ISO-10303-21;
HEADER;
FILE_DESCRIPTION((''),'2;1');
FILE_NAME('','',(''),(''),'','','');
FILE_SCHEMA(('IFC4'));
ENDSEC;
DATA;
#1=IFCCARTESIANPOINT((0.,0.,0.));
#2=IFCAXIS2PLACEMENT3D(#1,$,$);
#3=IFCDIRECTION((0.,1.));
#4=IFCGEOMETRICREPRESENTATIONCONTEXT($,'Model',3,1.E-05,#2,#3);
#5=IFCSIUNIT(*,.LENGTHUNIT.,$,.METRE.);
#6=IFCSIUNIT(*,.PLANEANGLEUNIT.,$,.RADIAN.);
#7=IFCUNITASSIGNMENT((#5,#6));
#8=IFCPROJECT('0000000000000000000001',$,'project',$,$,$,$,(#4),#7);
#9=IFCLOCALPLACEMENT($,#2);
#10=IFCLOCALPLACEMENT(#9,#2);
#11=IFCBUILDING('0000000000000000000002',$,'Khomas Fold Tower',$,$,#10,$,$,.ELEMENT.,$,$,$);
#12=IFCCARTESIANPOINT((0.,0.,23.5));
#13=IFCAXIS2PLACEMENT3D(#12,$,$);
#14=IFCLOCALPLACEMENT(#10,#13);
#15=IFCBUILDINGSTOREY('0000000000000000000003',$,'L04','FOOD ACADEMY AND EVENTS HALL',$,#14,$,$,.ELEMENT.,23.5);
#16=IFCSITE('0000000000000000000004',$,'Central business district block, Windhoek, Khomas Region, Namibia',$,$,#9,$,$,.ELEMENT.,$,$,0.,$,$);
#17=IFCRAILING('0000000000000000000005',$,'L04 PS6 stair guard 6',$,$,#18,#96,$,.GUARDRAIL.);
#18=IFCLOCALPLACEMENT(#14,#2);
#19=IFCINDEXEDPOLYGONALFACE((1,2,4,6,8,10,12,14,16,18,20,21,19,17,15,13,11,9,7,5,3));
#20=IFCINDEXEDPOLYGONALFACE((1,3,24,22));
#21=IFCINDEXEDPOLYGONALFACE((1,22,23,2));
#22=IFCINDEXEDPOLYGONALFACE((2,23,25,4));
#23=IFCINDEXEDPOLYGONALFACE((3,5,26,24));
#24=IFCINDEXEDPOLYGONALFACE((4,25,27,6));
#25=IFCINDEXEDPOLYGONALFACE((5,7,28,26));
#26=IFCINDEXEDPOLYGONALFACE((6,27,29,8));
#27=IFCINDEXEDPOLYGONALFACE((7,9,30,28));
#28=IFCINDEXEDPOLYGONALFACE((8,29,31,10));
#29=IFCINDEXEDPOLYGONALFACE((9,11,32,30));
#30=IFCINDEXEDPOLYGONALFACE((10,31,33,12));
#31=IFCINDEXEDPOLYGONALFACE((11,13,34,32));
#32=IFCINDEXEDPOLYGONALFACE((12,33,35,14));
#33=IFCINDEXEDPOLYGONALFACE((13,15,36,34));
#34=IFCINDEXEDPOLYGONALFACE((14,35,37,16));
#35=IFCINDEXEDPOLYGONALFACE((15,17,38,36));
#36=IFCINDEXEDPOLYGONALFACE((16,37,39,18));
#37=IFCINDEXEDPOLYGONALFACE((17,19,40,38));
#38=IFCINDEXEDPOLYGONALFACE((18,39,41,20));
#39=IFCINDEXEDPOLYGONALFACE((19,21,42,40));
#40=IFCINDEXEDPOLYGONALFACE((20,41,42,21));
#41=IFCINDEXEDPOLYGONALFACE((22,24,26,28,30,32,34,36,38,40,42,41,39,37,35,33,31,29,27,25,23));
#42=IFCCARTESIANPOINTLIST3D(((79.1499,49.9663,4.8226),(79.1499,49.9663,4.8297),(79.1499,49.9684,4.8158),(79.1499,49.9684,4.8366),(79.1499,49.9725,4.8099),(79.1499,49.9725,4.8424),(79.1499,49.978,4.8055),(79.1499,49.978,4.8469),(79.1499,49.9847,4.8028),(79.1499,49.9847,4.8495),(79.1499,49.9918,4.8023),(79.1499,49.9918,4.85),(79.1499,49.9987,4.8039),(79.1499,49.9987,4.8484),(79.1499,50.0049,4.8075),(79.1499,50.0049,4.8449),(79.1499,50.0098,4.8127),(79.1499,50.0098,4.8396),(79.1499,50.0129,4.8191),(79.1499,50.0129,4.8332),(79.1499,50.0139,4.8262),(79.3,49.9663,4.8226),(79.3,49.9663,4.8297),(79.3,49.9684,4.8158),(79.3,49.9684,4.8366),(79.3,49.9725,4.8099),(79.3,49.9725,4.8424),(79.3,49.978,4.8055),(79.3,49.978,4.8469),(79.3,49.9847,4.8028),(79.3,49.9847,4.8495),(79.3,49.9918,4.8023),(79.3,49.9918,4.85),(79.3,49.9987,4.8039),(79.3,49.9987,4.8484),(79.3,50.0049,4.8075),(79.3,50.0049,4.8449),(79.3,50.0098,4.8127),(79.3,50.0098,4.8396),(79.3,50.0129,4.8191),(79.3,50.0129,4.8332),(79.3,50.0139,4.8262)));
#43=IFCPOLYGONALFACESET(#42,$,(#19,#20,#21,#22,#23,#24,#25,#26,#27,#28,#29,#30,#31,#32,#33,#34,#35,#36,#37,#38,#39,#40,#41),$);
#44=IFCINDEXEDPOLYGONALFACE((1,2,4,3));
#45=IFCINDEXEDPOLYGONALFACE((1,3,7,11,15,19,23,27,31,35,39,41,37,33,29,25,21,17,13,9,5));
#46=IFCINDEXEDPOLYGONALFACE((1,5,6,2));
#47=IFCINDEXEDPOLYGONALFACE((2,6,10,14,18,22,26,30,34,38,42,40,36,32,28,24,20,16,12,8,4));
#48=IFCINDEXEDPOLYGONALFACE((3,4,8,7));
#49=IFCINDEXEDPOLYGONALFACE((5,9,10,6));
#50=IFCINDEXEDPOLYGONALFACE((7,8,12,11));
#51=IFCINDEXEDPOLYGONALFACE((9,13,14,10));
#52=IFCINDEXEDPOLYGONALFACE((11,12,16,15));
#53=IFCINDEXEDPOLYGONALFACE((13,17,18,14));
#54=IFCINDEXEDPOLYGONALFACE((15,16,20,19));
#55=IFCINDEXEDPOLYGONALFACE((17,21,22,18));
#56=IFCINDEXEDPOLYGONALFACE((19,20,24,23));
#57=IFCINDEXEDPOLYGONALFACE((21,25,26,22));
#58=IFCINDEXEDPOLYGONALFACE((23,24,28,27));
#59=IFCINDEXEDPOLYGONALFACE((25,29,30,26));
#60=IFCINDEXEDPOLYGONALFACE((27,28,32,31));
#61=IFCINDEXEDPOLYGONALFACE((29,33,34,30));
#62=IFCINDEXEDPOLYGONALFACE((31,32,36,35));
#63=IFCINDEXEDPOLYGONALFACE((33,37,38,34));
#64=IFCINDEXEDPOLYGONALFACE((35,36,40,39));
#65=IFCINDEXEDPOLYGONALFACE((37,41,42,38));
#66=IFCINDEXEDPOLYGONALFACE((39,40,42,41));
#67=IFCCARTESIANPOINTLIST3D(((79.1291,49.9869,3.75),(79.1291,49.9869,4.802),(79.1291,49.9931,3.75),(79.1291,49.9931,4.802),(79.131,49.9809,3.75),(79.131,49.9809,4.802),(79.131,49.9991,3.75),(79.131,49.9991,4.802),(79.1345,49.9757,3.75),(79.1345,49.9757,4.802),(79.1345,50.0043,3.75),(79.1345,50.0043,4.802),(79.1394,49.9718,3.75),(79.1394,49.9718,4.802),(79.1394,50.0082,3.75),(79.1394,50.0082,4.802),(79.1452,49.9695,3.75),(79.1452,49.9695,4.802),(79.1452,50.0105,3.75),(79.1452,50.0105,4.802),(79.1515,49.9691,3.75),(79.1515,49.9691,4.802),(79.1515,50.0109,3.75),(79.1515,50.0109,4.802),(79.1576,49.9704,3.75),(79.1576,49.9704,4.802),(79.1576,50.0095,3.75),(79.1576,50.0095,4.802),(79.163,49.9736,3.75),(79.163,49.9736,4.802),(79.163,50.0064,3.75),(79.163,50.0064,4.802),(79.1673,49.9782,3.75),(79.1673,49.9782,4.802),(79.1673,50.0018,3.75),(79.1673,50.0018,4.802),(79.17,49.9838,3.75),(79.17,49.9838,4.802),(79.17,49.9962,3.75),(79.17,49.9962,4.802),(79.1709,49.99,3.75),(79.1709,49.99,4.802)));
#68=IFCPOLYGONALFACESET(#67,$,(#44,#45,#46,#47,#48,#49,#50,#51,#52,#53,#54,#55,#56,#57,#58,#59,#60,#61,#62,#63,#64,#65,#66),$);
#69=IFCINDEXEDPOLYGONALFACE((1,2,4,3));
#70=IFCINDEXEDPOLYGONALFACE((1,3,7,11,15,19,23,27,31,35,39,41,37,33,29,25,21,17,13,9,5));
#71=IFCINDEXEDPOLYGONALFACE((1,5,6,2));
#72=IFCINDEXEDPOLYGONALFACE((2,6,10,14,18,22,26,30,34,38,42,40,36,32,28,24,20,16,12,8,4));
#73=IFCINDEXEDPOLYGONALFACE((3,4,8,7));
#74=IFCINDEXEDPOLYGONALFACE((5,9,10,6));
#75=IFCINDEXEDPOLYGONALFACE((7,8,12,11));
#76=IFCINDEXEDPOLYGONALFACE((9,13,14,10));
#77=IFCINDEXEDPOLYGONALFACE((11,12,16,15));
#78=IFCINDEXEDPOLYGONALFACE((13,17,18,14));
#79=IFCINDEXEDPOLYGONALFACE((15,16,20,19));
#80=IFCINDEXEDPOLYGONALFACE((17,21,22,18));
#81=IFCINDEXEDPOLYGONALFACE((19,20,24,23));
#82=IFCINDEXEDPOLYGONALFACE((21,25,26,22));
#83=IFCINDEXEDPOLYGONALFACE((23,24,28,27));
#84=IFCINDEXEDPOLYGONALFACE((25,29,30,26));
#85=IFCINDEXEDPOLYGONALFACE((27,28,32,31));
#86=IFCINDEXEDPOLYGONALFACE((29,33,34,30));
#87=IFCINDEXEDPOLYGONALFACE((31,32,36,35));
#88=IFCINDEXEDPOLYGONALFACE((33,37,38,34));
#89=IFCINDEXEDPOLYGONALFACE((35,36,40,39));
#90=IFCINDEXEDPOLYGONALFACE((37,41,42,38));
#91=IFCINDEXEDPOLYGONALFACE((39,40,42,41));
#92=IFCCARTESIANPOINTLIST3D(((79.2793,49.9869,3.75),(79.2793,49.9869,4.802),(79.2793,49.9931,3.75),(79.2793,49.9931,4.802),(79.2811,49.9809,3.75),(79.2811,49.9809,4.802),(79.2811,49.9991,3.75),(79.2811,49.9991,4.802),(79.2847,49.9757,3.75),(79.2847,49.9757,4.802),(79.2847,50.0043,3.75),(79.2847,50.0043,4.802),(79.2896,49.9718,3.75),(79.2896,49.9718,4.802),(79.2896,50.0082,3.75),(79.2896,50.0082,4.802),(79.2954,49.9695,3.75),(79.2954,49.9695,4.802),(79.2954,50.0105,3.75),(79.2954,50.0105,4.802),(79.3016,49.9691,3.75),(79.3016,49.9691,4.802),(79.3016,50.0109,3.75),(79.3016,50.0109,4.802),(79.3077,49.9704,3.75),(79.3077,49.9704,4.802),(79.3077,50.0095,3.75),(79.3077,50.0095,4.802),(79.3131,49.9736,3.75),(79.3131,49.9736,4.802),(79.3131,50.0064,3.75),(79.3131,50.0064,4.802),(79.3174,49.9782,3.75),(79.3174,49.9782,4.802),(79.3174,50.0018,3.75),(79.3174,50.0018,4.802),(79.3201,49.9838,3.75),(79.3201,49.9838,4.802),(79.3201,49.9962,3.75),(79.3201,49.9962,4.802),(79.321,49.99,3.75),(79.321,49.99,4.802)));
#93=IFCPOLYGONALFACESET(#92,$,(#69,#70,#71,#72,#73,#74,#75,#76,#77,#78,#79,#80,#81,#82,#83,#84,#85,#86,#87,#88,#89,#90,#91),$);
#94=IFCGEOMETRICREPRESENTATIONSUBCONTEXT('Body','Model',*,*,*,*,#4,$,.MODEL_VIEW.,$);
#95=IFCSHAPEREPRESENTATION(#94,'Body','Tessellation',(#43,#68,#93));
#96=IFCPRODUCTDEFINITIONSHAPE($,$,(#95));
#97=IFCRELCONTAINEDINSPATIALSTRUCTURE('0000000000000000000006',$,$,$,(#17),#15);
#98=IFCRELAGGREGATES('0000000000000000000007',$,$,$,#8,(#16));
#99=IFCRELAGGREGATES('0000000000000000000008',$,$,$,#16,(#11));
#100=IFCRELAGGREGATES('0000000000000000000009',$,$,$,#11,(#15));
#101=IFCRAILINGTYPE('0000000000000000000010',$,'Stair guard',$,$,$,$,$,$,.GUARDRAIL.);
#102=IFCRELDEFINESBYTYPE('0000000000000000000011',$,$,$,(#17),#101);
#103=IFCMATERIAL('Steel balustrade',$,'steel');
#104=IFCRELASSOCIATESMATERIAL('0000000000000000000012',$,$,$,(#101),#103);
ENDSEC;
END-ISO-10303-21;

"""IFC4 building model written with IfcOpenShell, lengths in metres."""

from ifc_helpers import new_model, si_unit, direction, frame, origin, origin_2d, place, context, subcontext, project, spatial, circle, extrude, source, transform, mapped, material, type_object, element, save


model = new_model("IFC4")

# Units and contexts
model_context = context("Model", 3, precision=1e-05, world=origin(), true_north=direction((0.0, 1.0)))
body_context = subcontext(model_context, "Body", "Model", "MODEL_VIEW")
ifc_project = project(units=[si_unit("LENGTHUNIT", "METRE"), si_unit("PLANEANGLEUNIT", "RADIAN")], contexts=[model_context])

# Site, building, storey
site_placement = place(None, origin())
site = spatial("IfcSite", under=ifc_project, at=site_placement, Name="Central business district block, Windhoek, Khomas Region, Namibia", CompositionType="ELEMENT", RefElevation=0.0)
building_placement = place(site_placement, origin())
building = spatial("IfcBuilding", under=site, at=building_placement, Name="Khomas Fold Tower", CompositionType="ELEMENT")
storey_placement = place(building_placement, frame((0.0, 0.0, 23.5)))
storey = spatial("IfcBuildingStorey", under=building, at=storey_placement, Name="L04", Description="FOOD ACADEMY AND EVENTS HALL", CompositionType="ELEMENT", Elevation=23.5)

# Railing
ifc_material_1 = material(Name="Steel balustrade", Category="steel")
railing_type_1 = type_object("IfcRailingType", Name="Stair guard", PredefinedType="GUARDRAIL", material=ifc_material_1)
shared_shape_1 = source(origin(), body_context, "Body", "SweptSolid", [
    extrude(circle(Radius=0.0239, at=origin_2d()), frame((0.0, 0.0, 1.0762), z_axis=(1.0, 0.0, 0.0), x_axis=(0.0, 1.0, 0.0)), (0.0, 0.0, 1.0), 0.1501),
    extrude(circle(Radius=0.021, at=origin_2d()), origin(), (0.0, 0.0, 1.0), 1.052),
    extrude(circle(Radius=0.021, at=origin_2d()), frame((0.1501, 0.0, 0.0)), (0.0, 0.0, 1.0), 1.052),
])
for number, where, name in (
    (1, (79.1499, 49.99, 3.75), "L04 PS6 stair guard 6"),
):
    element("IfcRailing", number, at=place(storey_placement, frame(where)), inside=storey, type_object=railing_type_1, Name=name, PredefinedType="GUARDRAIL", context=body_context, shape_type="MappedRepresentation", body=[
        mapped(shared_shape_1, transform((0.0, 0.0, 0.0))),
    ])

save(model, "model.ifc")
